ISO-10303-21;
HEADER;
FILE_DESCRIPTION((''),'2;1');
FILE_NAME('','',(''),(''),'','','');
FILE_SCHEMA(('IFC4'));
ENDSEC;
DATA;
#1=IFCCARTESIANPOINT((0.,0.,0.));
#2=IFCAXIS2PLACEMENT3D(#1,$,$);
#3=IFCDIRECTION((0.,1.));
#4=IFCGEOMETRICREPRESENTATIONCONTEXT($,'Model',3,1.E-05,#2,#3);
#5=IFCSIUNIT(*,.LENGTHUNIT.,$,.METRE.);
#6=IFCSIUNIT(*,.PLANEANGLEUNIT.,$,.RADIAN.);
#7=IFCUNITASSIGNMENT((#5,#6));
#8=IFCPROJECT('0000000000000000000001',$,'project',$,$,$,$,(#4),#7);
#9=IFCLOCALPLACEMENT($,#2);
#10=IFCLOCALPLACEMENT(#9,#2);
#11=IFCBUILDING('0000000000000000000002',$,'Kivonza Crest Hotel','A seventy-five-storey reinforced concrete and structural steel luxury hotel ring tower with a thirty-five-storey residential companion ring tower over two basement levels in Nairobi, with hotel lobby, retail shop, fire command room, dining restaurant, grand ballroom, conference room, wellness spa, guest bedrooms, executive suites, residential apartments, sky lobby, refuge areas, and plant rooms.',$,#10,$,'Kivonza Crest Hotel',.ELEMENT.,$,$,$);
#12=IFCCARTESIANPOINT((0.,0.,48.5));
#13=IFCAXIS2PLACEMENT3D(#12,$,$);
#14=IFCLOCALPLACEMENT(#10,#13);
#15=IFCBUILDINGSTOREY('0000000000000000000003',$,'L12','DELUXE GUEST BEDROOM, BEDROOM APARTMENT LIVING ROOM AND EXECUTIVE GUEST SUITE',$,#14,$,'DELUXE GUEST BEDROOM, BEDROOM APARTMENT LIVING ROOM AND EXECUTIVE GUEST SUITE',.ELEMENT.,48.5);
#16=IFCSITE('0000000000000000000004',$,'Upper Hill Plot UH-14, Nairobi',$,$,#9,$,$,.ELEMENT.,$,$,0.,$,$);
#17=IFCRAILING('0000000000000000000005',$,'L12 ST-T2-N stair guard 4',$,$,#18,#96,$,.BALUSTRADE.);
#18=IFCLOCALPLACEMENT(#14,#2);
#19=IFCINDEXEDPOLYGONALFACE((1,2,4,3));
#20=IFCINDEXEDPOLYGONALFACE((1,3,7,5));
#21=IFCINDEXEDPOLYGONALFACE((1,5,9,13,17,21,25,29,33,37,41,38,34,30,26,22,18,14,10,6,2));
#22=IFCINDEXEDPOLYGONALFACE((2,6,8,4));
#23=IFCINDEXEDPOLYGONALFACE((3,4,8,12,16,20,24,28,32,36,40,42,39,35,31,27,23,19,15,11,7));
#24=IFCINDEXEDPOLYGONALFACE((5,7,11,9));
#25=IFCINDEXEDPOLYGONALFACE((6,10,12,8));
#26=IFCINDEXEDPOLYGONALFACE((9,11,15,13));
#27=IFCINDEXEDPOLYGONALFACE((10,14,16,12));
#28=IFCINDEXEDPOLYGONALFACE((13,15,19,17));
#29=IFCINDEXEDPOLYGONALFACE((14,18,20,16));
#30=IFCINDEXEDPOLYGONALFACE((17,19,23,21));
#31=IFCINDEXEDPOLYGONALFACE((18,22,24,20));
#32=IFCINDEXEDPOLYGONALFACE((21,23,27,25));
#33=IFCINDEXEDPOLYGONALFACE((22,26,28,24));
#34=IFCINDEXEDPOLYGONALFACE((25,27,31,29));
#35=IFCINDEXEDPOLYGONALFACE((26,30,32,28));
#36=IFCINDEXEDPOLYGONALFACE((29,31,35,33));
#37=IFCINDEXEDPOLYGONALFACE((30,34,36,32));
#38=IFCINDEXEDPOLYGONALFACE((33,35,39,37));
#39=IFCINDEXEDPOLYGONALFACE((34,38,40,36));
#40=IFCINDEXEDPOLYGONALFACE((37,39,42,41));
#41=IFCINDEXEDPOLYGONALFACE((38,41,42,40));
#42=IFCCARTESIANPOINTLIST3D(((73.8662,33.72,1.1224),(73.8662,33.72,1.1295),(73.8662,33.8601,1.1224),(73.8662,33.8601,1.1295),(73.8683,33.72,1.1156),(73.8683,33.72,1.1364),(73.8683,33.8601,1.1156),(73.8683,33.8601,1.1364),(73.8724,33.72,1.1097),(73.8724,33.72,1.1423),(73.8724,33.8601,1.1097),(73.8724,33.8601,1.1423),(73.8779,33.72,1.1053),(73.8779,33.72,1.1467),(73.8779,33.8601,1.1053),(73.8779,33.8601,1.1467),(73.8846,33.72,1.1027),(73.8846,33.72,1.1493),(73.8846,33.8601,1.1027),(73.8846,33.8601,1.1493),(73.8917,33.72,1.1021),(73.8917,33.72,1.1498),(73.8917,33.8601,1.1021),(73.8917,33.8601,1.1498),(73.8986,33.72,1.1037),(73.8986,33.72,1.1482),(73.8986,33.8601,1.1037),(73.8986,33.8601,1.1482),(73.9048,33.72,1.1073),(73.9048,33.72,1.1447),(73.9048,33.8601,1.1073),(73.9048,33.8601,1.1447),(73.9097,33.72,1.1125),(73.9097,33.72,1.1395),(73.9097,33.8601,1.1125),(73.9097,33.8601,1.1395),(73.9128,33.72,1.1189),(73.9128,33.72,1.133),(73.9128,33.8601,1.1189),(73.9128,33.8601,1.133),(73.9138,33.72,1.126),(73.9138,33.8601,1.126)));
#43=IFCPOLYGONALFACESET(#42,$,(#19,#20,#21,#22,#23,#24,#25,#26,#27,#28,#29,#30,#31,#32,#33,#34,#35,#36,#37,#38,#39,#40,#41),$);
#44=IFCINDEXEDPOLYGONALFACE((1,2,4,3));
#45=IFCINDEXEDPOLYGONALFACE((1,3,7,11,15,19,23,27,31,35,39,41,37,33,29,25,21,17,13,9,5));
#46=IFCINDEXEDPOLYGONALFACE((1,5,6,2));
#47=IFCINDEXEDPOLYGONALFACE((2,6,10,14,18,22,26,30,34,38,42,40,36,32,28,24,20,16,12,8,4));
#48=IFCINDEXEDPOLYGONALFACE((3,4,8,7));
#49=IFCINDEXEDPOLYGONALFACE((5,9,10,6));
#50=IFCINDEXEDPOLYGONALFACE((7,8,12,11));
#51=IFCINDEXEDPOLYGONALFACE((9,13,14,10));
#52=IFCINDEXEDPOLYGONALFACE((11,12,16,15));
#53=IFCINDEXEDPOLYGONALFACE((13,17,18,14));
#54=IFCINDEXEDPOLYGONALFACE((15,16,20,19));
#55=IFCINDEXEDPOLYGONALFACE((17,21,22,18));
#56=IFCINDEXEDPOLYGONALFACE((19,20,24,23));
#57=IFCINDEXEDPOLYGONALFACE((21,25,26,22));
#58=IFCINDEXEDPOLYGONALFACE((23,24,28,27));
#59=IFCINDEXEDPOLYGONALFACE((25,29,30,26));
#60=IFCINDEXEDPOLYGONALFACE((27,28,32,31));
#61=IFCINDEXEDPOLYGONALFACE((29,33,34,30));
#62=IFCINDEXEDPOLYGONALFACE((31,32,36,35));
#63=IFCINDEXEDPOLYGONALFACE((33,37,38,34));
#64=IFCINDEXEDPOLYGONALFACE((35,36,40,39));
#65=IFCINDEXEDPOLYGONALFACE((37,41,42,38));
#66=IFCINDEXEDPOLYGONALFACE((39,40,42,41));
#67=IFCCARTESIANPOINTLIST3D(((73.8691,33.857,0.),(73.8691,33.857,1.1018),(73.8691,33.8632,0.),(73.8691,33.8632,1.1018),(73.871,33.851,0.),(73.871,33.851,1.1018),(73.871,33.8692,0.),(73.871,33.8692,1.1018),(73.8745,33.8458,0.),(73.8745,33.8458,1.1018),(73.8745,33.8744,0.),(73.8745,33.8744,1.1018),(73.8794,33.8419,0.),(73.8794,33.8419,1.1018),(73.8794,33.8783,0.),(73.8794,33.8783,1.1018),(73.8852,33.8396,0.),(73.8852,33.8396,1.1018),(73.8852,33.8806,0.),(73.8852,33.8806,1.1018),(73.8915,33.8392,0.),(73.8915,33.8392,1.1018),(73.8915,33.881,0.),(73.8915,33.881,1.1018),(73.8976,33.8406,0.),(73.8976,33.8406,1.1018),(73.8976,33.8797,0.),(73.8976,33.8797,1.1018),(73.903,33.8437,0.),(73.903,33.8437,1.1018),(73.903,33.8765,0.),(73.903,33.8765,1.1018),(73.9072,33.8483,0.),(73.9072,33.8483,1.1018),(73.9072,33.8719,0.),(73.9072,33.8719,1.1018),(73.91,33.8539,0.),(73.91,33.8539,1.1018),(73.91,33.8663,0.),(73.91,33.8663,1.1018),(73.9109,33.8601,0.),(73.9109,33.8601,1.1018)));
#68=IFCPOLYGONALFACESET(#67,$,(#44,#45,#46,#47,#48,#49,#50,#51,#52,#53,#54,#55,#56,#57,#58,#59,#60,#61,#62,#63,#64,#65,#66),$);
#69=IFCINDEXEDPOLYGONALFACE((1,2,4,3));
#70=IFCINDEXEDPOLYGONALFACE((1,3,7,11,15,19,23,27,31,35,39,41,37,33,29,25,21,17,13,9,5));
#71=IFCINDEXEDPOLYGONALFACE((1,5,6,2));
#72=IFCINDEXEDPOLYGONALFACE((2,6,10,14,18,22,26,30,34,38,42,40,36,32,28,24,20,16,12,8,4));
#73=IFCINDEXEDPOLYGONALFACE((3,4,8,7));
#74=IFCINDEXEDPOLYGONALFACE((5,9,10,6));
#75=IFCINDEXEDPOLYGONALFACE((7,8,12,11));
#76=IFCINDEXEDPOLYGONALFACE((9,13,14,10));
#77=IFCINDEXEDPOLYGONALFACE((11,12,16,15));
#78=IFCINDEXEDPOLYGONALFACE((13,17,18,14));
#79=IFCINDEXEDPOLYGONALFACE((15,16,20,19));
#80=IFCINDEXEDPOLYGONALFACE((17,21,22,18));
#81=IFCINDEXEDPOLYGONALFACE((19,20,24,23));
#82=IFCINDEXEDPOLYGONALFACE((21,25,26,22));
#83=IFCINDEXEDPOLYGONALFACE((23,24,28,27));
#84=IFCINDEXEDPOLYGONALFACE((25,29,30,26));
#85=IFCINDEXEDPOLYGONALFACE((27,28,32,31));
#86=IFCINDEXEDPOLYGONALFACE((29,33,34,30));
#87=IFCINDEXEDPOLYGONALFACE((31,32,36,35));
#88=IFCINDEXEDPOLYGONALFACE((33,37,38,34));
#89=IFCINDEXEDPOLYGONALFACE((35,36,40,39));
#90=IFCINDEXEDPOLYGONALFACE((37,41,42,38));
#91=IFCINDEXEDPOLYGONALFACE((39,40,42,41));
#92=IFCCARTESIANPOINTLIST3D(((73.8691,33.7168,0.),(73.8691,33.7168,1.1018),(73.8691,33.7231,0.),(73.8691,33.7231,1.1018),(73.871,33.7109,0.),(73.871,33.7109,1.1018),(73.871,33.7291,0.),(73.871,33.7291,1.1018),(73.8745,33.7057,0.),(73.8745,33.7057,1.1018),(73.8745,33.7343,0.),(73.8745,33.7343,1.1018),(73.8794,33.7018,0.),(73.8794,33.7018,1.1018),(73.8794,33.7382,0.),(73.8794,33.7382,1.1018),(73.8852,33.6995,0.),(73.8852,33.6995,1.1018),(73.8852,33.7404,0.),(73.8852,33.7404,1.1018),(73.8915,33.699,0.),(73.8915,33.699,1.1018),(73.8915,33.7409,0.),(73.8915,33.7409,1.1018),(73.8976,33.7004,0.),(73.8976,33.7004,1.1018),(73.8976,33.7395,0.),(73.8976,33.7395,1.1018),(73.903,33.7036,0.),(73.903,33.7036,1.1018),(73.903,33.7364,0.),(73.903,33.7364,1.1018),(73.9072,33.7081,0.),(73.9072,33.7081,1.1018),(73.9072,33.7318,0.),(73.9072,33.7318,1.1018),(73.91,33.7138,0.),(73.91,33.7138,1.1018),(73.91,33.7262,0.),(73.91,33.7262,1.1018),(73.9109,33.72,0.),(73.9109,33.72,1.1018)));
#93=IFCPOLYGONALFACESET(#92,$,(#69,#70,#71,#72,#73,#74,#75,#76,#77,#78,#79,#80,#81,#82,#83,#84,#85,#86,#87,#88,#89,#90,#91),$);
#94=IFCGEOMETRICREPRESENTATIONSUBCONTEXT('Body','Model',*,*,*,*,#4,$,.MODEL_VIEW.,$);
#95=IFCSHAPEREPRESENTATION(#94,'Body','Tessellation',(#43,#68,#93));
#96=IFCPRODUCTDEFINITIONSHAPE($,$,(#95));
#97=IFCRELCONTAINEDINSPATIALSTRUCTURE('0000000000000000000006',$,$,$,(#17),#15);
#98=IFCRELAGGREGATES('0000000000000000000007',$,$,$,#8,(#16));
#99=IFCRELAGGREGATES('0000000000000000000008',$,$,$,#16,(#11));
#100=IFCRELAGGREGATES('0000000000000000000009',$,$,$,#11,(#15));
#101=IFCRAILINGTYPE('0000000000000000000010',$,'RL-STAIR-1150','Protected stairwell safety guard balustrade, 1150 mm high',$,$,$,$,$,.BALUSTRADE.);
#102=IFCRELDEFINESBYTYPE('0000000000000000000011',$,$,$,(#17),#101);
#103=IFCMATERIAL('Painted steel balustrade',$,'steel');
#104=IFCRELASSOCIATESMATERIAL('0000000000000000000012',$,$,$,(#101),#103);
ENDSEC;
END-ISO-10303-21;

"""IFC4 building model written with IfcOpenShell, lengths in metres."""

from ifc_helpers import new_model, si_unit, direction, frame, origin, origin_2d, place, context, subcontext, project, spatial, circle, extrude, material, type_object, element, save


model = new_model("IFC4")

# Units and contexts
model_context = context("Model", 3, precision=1e-05, world=origin(), true_north=direction((0.0, 1.0)))
body_context = subcontext(model_context, "Body", "Model", "MODEL_VIEW")
ifc_project = project(units=[si_unit("LENGTHUNIT", "METRE"), si_unit("PLANEANGLEUNIT", "RADIAN")], contexts=[model_context])

# Site, building, storey
site_placement = place(None, origin())
site = spatial("IfcSite", under=ifc_project, at=site_placement, Name="Upper Hill Plot UH-14, Nairobi", CompositionType="ELEMENT", RefElevation=0.0)
building_placement = place(site_placement, origin())
building = spatial("IfcBuilding", under=site, at=building_placement, Name="Kivonza Crest Hotel", Description="A seventy-five-storey reinforced concrete and structural steel luxury hotel ring tower with a thirty-five-storey residential companion ring tower over two basement levels in Nairobi, with hotel lobby, retail shop, fire command room, dining restaurant, grand ballroom, conference room, wellness spa, guest bedrooms, executive suites, residential apartments, sky lobby, refuge areas, and plant rooms.", LongName="Kivonza Crest Hotel", CompositionType="ELEMENT")
storey_placement = place(building_placement, frame((0.0, 0.0, 48.5)))
storey = spatial("IfcBuildingStorey", under=building, at=storey_placement, Name="L12", Description="DELUXE GUEST BEDROOM, BEDROOM APARTMENT LIVING ROOM AND EXECUTIVE GUEST SUITE", LongName="DELUXE GUEST BEDROOM, BEDROOM APARTMENT LIVING ROOM AND EXECUTIVE GUEST SUITE", CompositionType="ELEMENT", Elevation=48.5)

# Railing
ifc_material_1 = material(Name="Painted steel balustrade", Category="steel")
railing_type_1 = type_object("IfcRailingType", Name="RL-STAIR-1150", Description="Protected stairwell safety guard balustrade, 1150 mm high", PredefinedType="BALUSTRADE", material=ifc_material_1)
railing_1_placement = place(storey_placement, frame((73.8899, 33.8601, 0.0)))
element("IfcRailing", 1, at=railing_1_placement, inside=storey, type_object=railing_type_1, Name="L12 ST-T2-N stair guard 4", PredefinedType="BALUSTRADE", context=body_context, shape_type="SweptSolid", body=[
    extrude(circle(Radius=0.0239, at=origin_2d()), frame((0.0, 0.0, 1.126), z_axis=(0.0, -1.0, 0.0), x_axis=(1.0, 0.0, 0.0)), (0.0, 0.0, 1.0), 0.1401),
    extrude(circle(Radius=0.021, at=origin_2d()), origin(), (0.0, 0.0, 1.0), 1.1018),
    extrude(circle(Radius=0.021, at=origin_2d()), frame((0.0, -0.1401, 0.0)), (0.0, 0.0, 1.0), 1.1018),
])

save(model, "model.ifc")
